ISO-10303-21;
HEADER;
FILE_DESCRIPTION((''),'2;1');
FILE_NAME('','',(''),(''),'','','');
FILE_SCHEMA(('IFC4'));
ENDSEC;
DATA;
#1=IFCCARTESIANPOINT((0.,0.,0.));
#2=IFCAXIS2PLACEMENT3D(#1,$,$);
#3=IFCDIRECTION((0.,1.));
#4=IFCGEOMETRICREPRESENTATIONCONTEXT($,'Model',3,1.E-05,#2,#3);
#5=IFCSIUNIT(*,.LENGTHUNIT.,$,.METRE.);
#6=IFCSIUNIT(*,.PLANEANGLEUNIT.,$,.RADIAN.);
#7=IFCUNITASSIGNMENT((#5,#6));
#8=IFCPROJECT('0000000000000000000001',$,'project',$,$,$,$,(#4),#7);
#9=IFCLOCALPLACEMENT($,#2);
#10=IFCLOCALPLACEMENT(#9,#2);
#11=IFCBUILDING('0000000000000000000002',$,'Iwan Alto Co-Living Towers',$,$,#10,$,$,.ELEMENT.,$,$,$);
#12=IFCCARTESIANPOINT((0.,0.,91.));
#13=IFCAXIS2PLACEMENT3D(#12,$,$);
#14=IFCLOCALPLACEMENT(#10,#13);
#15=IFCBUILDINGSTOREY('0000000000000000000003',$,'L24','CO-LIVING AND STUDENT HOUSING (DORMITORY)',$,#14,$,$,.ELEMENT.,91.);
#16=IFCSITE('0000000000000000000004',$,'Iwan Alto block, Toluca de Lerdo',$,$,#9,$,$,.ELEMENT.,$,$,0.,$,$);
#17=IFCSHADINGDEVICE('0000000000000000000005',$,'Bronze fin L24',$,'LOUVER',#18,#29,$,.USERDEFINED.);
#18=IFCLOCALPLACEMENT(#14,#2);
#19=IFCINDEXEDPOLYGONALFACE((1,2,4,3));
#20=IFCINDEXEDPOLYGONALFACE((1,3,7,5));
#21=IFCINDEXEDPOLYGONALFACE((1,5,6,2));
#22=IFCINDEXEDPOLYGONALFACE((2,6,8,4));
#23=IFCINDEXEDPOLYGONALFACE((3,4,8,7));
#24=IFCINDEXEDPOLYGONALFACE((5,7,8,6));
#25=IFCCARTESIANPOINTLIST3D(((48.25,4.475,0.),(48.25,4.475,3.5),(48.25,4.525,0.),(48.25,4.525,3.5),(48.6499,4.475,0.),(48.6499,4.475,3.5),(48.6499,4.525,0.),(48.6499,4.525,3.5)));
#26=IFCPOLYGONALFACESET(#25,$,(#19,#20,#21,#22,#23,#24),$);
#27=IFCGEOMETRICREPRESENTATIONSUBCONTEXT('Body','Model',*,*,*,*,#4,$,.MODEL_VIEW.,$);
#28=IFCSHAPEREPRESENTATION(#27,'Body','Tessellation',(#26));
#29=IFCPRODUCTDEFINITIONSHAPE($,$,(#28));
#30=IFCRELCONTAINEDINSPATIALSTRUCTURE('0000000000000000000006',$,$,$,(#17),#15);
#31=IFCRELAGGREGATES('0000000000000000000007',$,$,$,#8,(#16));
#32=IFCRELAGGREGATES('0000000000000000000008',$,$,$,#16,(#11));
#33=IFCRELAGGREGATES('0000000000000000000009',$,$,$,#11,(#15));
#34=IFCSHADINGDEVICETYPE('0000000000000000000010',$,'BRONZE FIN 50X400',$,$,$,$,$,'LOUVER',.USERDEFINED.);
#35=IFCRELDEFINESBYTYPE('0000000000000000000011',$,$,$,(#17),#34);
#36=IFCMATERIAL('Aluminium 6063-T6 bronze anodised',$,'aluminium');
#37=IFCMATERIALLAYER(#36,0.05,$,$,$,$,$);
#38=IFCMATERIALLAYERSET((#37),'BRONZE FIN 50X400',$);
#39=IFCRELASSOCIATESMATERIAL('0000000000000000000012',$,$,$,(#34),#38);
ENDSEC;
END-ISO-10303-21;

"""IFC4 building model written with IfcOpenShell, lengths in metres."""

from ifc_helpers import new_model, si_unit, direction, frame, origin, origin_2d, place, context, subcontext, project, spatial, rectangle, extrude, material, layer, layer_set, type_object, element, save


model = new_model("IFC4")

# Units and contexts
model_context = context("Model", 3, precision=1e-05, world=origin(), true_north=direction((0.0, 1.0)))
body_context = subcontext(model_context, "Body", "Model", "MODEL_VIEW")
ifc_project = project(units=[si_unit("LENGTHUNIT", "METRE"), si_unit("PLANEANGLEUNIT", "RADIAN")], contexts=[model_context])

# Site, building, storey
site_placement = place(None, origin())
site = spatial("IfcSite", under=ifc_project, at=site_placement, Name="Iwan Alto block, Toluca de Lerdo", CompositionType="ELEMENT", RefElevation=0.0)
building_placement = place(site_placement, origin())
building = spatial("IfcBuilding", under=site, at=building_placement, Name="Iwan Alto Co-Living Towers", CompositionType="ELEMENT")
storey_placement = place(building_placement, frame((0.0, 0.0, 91.0)))
storey = spatial("IfcBuildingStorey", under=building, at=storey_placement, Name="L24", Description="CO-LIVING AND STUDENT HOUSING (DORMITORY)", CompositionType="ELEMENT", Elevation=91.0)

# Shading device
ifc_material_1 = material(Name="Aluminium 6063-T6 bronze anodised", Category="aluminium")
ifc_layer_1 = layer(ifc_material_1, 0.05)
ifc_layer_set_1 = layer_set([ifc_layer_1], Name="BRONZE FIN 50X400")
shading_device_type = type_object("IfcShadingDeviceType", Name="BRONZE FIN 50X400", ElementType="LOUVER", PredefinedType="USERDEFINED", material=ifc_layer_set_1)
shading_device_placement = place(storey_placement, frame((48.45, 4.5, 0.0), z_axis=(0.0, 0.0, 1.0), x_axis=(0.0, -1.0, 0.0)))
element("IfcShadingDevice", 1, at=shading_device_placement, inside=storey, type_object=shading_device_type, Name="Bronze fin L24", ObjectType="LOUVER", PredefinedType="USERDEFINED", context=body_context, shape_type="SweptSolid", body=[
    extrude(rectangle(XDim=0.05, YDim=0.3999, at=origin_2d()), origin(), (0.0, 0.0, 1.0), 3.5),
])

save(model, "model.ifc")
